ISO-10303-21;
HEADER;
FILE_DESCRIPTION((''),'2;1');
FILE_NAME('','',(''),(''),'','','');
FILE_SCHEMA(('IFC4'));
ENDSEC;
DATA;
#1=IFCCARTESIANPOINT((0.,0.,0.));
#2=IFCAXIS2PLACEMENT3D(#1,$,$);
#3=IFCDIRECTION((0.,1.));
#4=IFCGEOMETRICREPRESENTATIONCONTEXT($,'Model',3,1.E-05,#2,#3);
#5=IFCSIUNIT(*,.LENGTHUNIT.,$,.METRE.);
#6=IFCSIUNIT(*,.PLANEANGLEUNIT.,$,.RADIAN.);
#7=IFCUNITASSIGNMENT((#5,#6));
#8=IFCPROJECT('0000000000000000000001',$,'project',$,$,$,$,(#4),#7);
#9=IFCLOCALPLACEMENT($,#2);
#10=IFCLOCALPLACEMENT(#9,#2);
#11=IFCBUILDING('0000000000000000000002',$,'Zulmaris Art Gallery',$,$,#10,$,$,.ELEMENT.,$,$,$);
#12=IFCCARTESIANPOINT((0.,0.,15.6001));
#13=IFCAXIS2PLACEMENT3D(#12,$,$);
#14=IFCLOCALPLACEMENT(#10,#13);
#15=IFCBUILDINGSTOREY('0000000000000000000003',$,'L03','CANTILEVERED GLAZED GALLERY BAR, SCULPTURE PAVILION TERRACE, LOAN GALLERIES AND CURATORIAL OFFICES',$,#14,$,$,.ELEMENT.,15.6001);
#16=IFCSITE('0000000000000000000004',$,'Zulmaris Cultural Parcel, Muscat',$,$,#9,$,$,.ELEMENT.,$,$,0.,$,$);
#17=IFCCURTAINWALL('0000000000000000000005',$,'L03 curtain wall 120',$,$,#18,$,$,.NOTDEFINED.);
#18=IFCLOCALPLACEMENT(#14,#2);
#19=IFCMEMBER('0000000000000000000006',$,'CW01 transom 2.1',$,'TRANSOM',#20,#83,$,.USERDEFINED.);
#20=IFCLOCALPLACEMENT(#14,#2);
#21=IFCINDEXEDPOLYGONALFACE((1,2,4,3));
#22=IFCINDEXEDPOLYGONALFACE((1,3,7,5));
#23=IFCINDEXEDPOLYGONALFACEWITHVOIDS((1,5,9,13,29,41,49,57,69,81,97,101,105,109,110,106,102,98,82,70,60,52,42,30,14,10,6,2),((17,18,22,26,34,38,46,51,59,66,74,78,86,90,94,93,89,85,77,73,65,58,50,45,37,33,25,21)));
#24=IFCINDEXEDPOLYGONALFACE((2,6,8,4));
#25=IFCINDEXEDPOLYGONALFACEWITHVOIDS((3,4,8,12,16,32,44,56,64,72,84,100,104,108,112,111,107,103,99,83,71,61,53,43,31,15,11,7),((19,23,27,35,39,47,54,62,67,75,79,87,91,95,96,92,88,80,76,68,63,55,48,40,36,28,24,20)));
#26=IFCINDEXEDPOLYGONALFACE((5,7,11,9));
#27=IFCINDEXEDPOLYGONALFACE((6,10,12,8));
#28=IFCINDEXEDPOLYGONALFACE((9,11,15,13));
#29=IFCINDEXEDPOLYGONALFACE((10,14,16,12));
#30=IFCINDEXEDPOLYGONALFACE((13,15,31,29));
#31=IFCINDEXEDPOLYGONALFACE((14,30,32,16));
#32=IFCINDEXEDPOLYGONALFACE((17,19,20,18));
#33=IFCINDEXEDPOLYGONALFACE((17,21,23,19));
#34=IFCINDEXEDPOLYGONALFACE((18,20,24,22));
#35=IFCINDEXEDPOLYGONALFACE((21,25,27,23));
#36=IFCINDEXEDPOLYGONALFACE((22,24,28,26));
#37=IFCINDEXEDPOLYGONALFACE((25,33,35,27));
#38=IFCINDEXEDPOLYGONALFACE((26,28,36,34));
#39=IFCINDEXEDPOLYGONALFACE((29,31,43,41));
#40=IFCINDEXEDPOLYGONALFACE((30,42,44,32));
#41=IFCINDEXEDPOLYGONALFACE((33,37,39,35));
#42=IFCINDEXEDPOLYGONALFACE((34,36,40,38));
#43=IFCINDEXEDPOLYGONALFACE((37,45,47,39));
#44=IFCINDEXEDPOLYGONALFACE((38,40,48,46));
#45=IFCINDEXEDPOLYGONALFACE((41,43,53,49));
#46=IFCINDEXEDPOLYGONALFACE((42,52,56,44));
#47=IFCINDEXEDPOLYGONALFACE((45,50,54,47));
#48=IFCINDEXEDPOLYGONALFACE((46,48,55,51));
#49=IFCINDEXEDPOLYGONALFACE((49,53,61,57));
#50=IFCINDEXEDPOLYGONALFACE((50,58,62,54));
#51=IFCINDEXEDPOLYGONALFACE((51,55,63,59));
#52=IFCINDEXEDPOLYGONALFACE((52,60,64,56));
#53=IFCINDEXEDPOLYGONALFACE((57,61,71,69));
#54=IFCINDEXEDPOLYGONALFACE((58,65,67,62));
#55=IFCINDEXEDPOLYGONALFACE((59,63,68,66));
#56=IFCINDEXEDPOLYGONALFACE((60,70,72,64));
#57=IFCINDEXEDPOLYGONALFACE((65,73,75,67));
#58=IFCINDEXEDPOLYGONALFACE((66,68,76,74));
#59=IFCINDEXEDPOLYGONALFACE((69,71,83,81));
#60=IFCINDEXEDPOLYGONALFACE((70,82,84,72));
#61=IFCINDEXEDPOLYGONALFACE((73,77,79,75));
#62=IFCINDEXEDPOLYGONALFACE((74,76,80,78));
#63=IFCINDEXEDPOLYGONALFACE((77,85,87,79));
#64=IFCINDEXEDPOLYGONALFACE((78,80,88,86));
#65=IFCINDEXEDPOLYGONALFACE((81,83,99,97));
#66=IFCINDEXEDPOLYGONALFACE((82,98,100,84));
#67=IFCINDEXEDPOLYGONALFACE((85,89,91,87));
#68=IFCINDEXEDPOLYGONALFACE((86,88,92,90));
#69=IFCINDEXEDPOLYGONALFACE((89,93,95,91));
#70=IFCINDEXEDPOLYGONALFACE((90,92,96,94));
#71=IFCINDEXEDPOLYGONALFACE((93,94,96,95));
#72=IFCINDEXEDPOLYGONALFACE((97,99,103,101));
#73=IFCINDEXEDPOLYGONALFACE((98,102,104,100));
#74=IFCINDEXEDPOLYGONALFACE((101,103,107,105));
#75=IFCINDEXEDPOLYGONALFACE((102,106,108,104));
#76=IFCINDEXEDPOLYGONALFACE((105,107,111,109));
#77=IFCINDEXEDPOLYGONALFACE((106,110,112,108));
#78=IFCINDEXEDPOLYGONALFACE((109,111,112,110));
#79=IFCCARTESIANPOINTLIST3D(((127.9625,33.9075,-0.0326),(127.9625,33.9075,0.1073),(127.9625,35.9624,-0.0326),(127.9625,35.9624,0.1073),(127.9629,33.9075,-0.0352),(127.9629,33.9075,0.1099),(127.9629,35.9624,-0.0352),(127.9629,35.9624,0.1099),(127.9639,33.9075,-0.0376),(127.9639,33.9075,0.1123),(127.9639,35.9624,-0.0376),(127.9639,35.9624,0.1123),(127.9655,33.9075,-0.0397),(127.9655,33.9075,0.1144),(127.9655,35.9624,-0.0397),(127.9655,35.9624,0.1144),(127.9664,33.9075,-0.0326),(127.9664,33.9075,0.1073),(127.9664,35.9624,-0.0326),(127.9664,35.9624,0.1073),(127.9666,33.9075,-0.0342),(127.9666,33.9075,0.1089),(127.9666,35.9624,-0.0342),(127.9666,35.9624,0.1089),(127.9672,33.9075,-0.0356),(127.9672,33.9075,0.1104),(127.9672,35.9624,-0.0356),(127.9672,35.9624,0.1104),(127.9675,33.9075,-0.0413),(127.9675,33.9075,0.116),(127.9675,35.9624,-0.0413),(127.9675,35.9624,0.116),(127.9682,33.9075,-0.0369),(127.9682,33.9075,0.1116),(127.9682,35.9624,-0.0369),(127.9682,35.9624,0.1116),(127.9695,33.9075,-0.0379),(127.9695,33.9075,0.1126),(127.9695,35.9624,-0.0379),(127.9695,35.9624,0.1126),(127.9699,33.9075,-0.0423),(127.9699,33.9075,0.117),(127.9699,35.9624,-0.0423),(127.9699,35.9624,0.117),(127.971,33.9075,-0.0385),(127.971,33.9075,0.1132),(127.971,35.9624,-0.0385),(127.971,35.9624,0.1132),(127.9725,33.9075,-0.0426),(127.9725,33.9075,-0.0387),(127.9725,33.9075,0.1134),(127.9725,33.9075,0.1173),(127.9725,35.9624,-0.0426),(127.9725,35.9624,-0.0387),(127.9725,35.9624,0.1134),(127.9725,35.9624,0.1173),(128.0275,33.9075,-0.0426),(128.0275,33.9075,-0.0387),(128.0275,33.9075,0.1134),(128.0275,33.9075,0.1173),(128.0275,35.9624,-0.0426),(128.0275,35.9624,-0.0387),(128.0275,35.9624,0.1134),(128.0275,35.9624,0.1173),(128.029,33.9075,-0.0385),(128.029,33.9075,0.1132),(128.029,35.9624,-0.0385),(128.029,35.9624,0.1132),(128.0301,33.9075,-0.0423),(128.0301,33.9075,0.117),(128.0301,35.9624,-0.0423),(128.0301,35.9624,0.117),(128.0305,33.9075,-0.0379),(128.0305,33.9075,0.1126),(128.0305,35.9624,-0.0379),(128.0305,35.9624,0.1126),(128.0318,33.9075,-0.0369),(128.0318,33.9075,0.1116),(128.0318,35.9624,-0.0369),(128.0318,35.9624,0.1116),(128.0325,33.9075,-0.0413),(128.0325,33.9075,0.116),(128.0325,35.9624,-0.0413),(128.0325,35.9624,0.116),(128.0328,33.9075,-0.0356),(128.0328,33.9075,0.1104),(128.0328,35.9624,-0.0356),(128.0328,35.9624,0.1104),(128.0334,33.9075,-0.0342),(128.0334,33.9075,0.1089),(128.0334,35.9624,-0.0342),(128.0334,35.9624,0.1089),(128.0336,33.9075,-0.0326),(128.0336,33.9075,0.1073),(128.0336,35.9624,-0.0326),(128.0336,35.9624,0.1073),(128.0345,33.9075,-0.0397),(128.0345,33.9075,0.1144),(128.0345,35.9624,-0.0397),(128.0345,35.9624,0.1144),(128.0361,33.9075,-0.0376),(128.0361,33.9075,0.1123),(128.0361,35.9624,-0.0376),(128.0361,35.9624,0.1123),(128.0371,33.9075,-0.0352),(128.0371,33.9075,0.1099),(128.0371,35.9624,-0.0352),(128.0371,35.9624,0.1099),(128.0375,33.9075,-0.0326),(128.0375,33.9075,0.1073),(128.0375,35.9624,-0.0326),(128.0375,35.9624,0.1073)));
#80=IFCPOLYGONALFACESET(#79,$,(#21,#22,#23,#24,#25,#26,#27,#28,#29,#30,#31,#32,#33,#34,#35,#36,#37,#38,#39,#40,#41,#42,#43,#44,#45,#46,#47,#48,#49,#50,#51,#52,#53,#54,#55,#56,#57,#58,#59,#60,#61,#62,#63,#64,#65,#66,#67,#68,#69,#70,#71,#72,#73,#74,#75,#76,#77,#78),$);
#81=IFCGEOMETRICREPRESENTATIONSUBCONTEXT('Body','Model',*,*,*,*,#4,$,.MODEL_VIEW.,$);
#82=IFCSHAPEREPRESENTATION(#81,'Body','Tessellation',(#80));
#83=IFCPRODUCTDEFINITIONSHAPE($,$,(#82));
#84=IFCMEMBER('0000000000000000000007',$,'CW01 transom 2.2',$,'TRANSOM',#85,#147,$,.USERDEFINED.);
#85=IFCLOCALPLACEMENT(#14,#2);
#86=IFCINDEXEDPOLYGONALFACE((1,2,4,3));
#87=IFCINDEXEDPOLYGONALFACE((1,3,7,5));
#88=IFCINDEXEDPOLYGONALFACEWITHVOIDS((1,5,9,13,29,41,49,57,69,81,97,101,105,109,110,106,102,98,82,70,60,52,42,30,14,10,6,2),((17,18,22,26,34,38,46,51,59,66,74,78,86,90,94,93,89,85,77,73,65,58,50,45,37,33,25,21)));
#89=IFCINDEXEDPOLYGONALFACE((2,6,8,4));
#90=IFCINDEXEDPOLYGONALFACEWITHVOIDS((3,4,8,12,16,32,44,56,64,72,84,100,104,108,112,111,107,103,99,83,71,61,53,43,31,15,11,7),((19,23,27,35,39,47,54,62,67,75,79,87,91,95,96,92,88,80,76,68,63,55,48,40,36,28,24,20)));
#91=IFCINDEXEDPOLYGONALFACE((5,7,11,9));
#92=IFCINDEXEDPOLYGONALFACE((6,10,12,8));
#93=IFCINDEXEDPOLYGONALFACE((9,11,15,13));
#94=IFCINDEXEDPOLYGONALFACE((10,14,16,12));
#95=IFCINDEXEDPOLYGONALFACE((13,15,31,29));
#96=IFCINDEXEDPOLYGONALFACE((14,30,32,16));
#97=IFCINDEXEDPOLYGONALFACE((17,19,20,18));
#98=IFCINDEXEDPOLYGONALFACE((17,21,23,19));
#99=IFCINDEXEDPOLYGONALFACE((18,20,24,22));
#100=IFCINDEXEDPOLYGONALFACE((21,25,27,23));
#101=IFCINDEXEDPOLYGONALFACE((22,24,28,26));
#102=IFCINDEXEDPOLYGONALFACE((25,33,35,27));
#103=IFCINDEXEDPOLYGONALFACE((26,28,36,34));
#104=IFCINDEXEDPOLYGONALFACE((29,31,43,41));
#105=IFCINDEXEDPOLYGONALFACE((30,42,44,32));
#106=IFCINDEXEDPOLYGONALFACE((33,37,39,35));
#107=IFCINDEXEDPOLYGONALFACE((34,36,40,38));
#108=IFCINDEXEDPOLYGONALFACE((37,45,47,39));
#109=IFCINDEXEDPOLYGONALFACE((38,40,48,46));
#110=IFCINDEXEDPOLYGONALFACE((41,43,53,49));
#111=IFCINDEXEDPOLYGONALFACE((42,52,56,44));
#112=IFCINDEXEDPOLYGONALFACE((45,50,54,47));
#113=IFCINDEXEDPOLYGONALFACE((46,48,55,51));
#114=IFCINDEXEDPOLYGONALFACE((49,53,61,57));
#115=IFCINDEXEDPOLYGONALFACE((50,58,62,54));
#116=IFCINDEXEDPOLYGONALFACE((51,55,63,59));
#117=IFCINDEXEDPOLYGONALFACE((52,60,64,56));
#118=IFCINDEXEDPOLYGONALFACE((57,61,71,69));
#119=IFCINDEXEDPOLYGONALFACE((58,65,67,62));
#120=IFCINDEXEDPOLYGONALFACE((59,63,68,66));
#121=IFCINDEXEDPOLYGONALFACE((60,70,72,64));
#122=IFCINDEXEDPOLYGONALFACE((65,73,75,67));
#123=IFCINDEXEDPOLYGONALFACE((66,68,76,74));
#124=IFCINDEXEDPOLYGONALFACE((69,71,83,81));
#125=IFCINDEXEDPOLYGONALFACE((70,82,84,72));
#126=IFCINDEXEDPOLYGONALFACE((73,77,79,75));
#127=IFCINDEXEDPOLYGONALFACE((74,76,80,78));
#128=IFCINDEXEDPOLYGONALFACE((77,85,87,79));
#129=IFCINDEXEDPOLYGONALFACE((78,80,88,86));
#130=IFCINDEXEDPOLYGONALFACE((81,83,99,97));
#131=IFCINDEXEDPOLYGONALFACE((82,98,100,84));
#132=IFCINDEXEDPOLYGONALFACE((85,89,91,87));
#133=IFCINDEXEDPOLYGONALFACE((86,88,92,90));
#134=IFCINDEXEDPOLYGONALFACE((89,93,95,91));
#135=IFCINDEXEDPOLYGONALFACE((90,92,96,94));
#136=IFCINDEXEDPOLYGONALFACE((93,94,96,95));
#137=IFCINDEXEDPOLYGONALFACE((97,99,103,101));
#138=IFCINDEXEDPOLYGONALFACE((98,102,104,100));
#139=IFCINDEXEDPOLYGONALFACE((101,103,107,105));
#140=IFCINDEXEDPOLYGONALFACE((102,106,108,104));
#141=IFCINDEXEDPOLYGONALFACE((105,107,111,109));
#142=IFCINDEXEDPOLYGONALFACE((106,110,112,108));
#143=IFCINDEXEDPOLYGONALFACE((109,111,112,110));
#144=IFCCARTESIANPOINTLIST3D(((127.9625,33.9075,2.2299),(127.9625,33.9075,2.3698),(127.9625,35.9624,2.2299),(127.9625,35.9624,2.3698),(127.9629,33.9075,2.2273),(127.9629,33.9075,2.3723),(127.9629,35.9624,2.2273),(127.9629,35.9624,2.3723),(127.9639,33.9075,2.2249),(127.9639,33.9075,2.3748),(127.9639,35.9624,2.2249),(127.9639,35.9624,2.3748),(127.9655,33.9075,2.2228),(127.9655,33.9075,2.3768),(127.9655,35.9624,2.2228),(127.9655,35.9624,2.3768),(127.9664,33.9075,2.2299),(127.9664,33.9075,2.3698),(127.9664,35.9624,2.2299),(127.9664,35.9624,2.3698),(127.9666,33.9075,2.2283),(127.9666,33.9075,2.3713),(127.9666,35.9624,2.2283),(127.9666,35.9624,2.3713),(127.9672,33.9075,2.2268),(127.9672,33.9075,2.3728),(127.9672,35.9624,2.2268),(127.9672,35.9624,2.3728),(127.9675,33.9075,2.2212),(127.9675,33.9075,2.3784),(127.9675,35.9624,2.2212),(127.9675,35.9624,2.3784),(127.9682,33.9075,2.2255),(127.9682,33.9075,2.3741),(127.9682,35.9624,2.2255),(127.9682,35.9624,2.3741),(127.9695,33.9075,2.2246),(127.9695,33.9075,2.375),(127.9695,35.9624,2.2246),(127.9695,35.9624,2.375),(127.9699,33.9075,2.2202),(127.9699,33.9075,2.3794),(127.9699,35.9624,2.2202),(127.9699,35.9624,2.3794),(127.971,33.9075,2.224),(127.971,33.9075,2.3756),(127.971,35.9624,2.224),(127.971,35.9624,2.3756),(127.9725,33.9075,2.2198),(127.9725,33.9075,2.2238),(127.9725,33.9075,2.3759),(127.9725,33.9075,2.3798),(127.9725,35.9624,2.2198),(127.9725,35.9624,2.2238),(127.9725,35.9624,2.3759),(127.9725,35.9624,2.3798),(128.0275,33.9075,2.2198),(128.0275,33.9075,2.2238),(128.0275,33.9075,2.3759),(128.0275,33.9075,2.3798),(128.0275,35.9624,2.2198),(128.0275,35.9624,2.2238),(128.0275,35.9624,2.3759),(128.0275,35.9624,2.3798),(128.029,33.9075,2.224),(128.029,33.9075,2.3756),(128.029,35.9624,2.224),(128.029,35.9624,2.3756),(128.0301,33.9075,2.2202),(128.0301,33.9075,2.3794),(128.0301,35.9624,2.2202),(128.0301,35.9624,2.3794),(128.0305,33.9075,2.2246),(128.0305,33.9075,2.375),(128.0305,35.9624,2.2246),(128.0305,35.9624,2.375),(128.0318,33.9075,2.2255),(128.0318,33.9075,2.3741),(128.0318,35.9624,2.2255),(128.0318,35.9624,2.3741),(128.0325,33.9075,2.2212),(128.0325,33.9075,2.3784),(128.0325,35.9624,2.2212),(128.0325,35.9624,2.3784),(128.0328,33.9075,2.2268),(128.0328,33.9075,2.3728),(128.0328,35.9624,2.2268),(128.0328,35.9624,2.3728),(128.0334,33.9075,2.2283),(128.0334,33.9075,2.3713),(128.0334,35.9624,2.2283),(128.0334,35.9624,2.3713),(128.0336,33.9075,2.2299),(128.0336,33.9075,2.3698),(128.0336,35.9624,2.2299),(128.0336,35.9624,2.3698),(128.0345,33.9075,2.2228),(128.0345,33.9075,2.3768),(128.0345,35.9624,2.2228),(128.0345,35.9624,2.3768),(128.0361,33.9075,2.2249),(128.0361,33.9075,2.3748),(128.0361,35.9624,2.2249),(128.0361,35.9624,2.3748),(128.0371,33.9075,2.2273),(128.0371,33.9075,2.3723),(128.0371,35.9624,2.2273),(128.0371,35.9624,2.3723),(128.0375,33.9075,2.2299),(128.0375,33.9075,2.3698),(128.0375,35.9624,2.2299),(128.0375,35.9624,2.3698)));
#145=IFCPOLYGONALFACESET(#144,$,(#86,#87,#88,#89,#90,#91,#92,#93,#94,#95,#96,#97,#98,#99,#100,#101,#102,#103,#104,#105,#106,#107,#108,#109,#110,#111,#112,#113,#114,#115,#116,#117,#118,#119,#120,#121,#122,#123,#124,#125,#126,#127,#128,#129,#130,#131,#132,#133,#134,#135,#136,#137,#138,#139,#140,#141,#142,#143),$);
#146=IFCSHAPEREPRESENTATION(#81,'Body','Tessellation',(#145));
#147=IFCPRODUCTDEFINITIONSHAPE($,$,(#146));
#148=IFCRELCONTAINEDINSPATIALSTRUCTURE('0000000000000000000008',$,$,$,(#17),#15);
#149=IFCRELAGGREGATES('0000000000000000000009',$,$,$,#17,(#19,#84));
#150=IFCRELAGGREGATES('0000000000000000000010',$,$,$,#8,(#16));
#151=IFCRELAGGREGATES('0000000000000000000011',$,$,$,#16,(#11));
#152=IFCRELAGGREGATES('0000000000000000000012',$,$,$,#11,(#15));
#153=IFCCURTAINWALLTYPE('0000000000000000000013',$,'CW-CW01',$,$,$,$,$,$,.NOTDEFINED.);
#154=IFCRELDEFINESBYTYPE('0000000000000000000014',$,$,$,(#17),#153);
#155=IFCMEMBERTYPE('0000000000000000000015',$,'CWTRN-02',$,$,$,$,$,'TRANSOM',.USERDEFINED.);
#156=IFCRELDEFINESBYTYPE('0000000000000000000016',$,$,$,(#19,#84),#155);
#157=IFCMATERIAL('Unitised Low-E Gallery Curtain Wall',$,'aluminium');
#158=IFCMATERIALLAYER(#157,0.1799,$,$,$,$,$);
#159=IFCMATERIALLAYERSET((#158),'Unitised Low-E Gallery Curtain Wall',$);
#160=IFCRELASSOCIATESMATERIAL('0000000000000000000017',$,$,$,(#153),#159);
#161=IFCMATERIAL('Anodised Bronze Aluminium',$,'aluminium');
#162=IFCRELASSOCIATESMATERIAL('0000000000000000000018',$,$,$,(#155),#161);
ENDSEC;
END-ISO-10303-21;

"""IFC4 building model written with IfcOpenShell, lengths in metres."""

from ifc_helpers import new_model, si_unit, direction, frame, origin, origin_2d, place, context, subcontext, project, spatial, hollow_rectangle, extrude, material, layer, layer_set, material_profile, profile_set, type_object, element, aggregate, save


model = new_model("IFC4")

# Units and contexts
model_context = context("Model", 3, precision=1e-05, world=origin(), true_north=direction((0.0, 1.0)))
body_context = subcontext(model_context, "Body", "Model", "MODEL_VIEW")
ifc_project = project(units=[si_unit("LENGTHUNIT", "METRE"), si_unit("PLANEANGLEUNIT", "RADIAN")], contexts=[model_context])

# Site, building, storey
site_placement = place(None, origin())
site = spatial("IfcSite", under=ifc_project, at=site_placement, Name="Zulmaris Cultural Parcel, Muscat", CompositionType="ELEMENT", RefElevation=0.0)
building_placement = place(site_placement, origin())
building = spatial("IfcBuilding", under=site, at=building_placement, Name="Zulmaris Art Gallery", CompositionType="ELEMENT")
storey_placement = place(building_placement, frame((0.0, 0.0, 15.6001)))
storey = spatial("IfcBuildingStorey", under=building, at=storey_placement, Name="L03", Description="CANTILEVERED GLAZED GALLERY BAR, SCULPTURE PAVILION TERRACE, LOAN GALLERIES AND CURATORIAL OFFICES", CompositionType="ELEMENT", Elevation=15.6001)

# Curtain wall, members
ifc_material_1 = material(Name="Unitised Low-E Gallery Curtain Wall", Category="aluminium")
ifc_layer_1 = layer(ifc_material_1, 0.1799)
ifc_layer_set_1 = layer_set([ifc_layer_1], Name="Unitised Low-E Gallery Curtain Wall")
curtain_wall_type = type_object("IfcCurtainWallType", Name="CW-CW01", PredefinedType="NOTDEFINED", material=ifc_layer_set_1)
curtain_wall_placement = place(storey_placement, origin())
curtain_wall = element("IfcCurtainWall", 1, at=curtain_wall_placement, inside=storey, type_object=curtain_wall_type, Name="L03 curtain wall 120", PredefinedType="NOTDEFINED")
ifc_material_2 = material(Name="Anodised Bronze Aluminium", Category="aluminium")
ifc_material_profile_1 = material_profile(ifc_material_2, hollow_rectangle(XDim=0.075, YDim=0.1599, WallThickness=0.0039, InnerFilletRadius=0.0061, OuterFilletRadius=0.01, at=origin_2d()), Name="ALU 75x160x4")
ifc_profile_set_1 = profile_set([ifc_material_profile_1], Name="Anodised Bronze Aluminium")
member_type_1 = type_object("IfcMemberType", Name="CWTRN-02", ElementType="TRANSOM", PredefinedType="USERDEFINED", material=ifc_profile_set_1)
member_1_placement = place(storey_placement, frame((128.0, 33.9075, 0.0374), z_axis=(0.0, 1.0, 0.0), x_axis=(-1.0, 0.0, 0.0)))
member_1 = element("IfcMember", 2, at=member_1_placement, type_object=member_type_1, Name="CW01 transom 2.1", ObjectType="TRANSOM", PredefinedType="USERDEFINED", context=body_context, shape_type="SweptSolid", body=[
    extrude(hollow_rectangle(XDim=0.075, YDim=0.1599, WallThickness=0.0039, InnerFilletRadius=0.0061, OuterFilletRadius=0.01, at=origin_2d()), origin(), (0.0, 0.0, 1.0), 2.0549),
])
member_2_placement = place(storey_placement, frame((128.0, 33.9075, 2.2998), z_axis=(0.0, 1.0, 0.0), x_axis=(-1.0, 0.0, 0.0)))
member_2 = element("IfcMember", 3, at=member_2_placement, type_object=member_type_1, Name="CW01 transom 2.2", ObjectType="TRANSOM", PredefinedType="USERDEFINED", context=body_context, shape_type="SweptSolid", body=[
    extrude(hollow_rectangle(XDim=0.075, YDim=0.1599, WallThickness=0.0039, InnerFilletRadius=0.0061, OuterFilletRadius=0.01, at=origin_2d()), origin(), (0.0, 0.0, 1.0), 2.0549),
])
aggregate(curtain_wall, [member_1, member_2])

save(model, "model.ifc")
